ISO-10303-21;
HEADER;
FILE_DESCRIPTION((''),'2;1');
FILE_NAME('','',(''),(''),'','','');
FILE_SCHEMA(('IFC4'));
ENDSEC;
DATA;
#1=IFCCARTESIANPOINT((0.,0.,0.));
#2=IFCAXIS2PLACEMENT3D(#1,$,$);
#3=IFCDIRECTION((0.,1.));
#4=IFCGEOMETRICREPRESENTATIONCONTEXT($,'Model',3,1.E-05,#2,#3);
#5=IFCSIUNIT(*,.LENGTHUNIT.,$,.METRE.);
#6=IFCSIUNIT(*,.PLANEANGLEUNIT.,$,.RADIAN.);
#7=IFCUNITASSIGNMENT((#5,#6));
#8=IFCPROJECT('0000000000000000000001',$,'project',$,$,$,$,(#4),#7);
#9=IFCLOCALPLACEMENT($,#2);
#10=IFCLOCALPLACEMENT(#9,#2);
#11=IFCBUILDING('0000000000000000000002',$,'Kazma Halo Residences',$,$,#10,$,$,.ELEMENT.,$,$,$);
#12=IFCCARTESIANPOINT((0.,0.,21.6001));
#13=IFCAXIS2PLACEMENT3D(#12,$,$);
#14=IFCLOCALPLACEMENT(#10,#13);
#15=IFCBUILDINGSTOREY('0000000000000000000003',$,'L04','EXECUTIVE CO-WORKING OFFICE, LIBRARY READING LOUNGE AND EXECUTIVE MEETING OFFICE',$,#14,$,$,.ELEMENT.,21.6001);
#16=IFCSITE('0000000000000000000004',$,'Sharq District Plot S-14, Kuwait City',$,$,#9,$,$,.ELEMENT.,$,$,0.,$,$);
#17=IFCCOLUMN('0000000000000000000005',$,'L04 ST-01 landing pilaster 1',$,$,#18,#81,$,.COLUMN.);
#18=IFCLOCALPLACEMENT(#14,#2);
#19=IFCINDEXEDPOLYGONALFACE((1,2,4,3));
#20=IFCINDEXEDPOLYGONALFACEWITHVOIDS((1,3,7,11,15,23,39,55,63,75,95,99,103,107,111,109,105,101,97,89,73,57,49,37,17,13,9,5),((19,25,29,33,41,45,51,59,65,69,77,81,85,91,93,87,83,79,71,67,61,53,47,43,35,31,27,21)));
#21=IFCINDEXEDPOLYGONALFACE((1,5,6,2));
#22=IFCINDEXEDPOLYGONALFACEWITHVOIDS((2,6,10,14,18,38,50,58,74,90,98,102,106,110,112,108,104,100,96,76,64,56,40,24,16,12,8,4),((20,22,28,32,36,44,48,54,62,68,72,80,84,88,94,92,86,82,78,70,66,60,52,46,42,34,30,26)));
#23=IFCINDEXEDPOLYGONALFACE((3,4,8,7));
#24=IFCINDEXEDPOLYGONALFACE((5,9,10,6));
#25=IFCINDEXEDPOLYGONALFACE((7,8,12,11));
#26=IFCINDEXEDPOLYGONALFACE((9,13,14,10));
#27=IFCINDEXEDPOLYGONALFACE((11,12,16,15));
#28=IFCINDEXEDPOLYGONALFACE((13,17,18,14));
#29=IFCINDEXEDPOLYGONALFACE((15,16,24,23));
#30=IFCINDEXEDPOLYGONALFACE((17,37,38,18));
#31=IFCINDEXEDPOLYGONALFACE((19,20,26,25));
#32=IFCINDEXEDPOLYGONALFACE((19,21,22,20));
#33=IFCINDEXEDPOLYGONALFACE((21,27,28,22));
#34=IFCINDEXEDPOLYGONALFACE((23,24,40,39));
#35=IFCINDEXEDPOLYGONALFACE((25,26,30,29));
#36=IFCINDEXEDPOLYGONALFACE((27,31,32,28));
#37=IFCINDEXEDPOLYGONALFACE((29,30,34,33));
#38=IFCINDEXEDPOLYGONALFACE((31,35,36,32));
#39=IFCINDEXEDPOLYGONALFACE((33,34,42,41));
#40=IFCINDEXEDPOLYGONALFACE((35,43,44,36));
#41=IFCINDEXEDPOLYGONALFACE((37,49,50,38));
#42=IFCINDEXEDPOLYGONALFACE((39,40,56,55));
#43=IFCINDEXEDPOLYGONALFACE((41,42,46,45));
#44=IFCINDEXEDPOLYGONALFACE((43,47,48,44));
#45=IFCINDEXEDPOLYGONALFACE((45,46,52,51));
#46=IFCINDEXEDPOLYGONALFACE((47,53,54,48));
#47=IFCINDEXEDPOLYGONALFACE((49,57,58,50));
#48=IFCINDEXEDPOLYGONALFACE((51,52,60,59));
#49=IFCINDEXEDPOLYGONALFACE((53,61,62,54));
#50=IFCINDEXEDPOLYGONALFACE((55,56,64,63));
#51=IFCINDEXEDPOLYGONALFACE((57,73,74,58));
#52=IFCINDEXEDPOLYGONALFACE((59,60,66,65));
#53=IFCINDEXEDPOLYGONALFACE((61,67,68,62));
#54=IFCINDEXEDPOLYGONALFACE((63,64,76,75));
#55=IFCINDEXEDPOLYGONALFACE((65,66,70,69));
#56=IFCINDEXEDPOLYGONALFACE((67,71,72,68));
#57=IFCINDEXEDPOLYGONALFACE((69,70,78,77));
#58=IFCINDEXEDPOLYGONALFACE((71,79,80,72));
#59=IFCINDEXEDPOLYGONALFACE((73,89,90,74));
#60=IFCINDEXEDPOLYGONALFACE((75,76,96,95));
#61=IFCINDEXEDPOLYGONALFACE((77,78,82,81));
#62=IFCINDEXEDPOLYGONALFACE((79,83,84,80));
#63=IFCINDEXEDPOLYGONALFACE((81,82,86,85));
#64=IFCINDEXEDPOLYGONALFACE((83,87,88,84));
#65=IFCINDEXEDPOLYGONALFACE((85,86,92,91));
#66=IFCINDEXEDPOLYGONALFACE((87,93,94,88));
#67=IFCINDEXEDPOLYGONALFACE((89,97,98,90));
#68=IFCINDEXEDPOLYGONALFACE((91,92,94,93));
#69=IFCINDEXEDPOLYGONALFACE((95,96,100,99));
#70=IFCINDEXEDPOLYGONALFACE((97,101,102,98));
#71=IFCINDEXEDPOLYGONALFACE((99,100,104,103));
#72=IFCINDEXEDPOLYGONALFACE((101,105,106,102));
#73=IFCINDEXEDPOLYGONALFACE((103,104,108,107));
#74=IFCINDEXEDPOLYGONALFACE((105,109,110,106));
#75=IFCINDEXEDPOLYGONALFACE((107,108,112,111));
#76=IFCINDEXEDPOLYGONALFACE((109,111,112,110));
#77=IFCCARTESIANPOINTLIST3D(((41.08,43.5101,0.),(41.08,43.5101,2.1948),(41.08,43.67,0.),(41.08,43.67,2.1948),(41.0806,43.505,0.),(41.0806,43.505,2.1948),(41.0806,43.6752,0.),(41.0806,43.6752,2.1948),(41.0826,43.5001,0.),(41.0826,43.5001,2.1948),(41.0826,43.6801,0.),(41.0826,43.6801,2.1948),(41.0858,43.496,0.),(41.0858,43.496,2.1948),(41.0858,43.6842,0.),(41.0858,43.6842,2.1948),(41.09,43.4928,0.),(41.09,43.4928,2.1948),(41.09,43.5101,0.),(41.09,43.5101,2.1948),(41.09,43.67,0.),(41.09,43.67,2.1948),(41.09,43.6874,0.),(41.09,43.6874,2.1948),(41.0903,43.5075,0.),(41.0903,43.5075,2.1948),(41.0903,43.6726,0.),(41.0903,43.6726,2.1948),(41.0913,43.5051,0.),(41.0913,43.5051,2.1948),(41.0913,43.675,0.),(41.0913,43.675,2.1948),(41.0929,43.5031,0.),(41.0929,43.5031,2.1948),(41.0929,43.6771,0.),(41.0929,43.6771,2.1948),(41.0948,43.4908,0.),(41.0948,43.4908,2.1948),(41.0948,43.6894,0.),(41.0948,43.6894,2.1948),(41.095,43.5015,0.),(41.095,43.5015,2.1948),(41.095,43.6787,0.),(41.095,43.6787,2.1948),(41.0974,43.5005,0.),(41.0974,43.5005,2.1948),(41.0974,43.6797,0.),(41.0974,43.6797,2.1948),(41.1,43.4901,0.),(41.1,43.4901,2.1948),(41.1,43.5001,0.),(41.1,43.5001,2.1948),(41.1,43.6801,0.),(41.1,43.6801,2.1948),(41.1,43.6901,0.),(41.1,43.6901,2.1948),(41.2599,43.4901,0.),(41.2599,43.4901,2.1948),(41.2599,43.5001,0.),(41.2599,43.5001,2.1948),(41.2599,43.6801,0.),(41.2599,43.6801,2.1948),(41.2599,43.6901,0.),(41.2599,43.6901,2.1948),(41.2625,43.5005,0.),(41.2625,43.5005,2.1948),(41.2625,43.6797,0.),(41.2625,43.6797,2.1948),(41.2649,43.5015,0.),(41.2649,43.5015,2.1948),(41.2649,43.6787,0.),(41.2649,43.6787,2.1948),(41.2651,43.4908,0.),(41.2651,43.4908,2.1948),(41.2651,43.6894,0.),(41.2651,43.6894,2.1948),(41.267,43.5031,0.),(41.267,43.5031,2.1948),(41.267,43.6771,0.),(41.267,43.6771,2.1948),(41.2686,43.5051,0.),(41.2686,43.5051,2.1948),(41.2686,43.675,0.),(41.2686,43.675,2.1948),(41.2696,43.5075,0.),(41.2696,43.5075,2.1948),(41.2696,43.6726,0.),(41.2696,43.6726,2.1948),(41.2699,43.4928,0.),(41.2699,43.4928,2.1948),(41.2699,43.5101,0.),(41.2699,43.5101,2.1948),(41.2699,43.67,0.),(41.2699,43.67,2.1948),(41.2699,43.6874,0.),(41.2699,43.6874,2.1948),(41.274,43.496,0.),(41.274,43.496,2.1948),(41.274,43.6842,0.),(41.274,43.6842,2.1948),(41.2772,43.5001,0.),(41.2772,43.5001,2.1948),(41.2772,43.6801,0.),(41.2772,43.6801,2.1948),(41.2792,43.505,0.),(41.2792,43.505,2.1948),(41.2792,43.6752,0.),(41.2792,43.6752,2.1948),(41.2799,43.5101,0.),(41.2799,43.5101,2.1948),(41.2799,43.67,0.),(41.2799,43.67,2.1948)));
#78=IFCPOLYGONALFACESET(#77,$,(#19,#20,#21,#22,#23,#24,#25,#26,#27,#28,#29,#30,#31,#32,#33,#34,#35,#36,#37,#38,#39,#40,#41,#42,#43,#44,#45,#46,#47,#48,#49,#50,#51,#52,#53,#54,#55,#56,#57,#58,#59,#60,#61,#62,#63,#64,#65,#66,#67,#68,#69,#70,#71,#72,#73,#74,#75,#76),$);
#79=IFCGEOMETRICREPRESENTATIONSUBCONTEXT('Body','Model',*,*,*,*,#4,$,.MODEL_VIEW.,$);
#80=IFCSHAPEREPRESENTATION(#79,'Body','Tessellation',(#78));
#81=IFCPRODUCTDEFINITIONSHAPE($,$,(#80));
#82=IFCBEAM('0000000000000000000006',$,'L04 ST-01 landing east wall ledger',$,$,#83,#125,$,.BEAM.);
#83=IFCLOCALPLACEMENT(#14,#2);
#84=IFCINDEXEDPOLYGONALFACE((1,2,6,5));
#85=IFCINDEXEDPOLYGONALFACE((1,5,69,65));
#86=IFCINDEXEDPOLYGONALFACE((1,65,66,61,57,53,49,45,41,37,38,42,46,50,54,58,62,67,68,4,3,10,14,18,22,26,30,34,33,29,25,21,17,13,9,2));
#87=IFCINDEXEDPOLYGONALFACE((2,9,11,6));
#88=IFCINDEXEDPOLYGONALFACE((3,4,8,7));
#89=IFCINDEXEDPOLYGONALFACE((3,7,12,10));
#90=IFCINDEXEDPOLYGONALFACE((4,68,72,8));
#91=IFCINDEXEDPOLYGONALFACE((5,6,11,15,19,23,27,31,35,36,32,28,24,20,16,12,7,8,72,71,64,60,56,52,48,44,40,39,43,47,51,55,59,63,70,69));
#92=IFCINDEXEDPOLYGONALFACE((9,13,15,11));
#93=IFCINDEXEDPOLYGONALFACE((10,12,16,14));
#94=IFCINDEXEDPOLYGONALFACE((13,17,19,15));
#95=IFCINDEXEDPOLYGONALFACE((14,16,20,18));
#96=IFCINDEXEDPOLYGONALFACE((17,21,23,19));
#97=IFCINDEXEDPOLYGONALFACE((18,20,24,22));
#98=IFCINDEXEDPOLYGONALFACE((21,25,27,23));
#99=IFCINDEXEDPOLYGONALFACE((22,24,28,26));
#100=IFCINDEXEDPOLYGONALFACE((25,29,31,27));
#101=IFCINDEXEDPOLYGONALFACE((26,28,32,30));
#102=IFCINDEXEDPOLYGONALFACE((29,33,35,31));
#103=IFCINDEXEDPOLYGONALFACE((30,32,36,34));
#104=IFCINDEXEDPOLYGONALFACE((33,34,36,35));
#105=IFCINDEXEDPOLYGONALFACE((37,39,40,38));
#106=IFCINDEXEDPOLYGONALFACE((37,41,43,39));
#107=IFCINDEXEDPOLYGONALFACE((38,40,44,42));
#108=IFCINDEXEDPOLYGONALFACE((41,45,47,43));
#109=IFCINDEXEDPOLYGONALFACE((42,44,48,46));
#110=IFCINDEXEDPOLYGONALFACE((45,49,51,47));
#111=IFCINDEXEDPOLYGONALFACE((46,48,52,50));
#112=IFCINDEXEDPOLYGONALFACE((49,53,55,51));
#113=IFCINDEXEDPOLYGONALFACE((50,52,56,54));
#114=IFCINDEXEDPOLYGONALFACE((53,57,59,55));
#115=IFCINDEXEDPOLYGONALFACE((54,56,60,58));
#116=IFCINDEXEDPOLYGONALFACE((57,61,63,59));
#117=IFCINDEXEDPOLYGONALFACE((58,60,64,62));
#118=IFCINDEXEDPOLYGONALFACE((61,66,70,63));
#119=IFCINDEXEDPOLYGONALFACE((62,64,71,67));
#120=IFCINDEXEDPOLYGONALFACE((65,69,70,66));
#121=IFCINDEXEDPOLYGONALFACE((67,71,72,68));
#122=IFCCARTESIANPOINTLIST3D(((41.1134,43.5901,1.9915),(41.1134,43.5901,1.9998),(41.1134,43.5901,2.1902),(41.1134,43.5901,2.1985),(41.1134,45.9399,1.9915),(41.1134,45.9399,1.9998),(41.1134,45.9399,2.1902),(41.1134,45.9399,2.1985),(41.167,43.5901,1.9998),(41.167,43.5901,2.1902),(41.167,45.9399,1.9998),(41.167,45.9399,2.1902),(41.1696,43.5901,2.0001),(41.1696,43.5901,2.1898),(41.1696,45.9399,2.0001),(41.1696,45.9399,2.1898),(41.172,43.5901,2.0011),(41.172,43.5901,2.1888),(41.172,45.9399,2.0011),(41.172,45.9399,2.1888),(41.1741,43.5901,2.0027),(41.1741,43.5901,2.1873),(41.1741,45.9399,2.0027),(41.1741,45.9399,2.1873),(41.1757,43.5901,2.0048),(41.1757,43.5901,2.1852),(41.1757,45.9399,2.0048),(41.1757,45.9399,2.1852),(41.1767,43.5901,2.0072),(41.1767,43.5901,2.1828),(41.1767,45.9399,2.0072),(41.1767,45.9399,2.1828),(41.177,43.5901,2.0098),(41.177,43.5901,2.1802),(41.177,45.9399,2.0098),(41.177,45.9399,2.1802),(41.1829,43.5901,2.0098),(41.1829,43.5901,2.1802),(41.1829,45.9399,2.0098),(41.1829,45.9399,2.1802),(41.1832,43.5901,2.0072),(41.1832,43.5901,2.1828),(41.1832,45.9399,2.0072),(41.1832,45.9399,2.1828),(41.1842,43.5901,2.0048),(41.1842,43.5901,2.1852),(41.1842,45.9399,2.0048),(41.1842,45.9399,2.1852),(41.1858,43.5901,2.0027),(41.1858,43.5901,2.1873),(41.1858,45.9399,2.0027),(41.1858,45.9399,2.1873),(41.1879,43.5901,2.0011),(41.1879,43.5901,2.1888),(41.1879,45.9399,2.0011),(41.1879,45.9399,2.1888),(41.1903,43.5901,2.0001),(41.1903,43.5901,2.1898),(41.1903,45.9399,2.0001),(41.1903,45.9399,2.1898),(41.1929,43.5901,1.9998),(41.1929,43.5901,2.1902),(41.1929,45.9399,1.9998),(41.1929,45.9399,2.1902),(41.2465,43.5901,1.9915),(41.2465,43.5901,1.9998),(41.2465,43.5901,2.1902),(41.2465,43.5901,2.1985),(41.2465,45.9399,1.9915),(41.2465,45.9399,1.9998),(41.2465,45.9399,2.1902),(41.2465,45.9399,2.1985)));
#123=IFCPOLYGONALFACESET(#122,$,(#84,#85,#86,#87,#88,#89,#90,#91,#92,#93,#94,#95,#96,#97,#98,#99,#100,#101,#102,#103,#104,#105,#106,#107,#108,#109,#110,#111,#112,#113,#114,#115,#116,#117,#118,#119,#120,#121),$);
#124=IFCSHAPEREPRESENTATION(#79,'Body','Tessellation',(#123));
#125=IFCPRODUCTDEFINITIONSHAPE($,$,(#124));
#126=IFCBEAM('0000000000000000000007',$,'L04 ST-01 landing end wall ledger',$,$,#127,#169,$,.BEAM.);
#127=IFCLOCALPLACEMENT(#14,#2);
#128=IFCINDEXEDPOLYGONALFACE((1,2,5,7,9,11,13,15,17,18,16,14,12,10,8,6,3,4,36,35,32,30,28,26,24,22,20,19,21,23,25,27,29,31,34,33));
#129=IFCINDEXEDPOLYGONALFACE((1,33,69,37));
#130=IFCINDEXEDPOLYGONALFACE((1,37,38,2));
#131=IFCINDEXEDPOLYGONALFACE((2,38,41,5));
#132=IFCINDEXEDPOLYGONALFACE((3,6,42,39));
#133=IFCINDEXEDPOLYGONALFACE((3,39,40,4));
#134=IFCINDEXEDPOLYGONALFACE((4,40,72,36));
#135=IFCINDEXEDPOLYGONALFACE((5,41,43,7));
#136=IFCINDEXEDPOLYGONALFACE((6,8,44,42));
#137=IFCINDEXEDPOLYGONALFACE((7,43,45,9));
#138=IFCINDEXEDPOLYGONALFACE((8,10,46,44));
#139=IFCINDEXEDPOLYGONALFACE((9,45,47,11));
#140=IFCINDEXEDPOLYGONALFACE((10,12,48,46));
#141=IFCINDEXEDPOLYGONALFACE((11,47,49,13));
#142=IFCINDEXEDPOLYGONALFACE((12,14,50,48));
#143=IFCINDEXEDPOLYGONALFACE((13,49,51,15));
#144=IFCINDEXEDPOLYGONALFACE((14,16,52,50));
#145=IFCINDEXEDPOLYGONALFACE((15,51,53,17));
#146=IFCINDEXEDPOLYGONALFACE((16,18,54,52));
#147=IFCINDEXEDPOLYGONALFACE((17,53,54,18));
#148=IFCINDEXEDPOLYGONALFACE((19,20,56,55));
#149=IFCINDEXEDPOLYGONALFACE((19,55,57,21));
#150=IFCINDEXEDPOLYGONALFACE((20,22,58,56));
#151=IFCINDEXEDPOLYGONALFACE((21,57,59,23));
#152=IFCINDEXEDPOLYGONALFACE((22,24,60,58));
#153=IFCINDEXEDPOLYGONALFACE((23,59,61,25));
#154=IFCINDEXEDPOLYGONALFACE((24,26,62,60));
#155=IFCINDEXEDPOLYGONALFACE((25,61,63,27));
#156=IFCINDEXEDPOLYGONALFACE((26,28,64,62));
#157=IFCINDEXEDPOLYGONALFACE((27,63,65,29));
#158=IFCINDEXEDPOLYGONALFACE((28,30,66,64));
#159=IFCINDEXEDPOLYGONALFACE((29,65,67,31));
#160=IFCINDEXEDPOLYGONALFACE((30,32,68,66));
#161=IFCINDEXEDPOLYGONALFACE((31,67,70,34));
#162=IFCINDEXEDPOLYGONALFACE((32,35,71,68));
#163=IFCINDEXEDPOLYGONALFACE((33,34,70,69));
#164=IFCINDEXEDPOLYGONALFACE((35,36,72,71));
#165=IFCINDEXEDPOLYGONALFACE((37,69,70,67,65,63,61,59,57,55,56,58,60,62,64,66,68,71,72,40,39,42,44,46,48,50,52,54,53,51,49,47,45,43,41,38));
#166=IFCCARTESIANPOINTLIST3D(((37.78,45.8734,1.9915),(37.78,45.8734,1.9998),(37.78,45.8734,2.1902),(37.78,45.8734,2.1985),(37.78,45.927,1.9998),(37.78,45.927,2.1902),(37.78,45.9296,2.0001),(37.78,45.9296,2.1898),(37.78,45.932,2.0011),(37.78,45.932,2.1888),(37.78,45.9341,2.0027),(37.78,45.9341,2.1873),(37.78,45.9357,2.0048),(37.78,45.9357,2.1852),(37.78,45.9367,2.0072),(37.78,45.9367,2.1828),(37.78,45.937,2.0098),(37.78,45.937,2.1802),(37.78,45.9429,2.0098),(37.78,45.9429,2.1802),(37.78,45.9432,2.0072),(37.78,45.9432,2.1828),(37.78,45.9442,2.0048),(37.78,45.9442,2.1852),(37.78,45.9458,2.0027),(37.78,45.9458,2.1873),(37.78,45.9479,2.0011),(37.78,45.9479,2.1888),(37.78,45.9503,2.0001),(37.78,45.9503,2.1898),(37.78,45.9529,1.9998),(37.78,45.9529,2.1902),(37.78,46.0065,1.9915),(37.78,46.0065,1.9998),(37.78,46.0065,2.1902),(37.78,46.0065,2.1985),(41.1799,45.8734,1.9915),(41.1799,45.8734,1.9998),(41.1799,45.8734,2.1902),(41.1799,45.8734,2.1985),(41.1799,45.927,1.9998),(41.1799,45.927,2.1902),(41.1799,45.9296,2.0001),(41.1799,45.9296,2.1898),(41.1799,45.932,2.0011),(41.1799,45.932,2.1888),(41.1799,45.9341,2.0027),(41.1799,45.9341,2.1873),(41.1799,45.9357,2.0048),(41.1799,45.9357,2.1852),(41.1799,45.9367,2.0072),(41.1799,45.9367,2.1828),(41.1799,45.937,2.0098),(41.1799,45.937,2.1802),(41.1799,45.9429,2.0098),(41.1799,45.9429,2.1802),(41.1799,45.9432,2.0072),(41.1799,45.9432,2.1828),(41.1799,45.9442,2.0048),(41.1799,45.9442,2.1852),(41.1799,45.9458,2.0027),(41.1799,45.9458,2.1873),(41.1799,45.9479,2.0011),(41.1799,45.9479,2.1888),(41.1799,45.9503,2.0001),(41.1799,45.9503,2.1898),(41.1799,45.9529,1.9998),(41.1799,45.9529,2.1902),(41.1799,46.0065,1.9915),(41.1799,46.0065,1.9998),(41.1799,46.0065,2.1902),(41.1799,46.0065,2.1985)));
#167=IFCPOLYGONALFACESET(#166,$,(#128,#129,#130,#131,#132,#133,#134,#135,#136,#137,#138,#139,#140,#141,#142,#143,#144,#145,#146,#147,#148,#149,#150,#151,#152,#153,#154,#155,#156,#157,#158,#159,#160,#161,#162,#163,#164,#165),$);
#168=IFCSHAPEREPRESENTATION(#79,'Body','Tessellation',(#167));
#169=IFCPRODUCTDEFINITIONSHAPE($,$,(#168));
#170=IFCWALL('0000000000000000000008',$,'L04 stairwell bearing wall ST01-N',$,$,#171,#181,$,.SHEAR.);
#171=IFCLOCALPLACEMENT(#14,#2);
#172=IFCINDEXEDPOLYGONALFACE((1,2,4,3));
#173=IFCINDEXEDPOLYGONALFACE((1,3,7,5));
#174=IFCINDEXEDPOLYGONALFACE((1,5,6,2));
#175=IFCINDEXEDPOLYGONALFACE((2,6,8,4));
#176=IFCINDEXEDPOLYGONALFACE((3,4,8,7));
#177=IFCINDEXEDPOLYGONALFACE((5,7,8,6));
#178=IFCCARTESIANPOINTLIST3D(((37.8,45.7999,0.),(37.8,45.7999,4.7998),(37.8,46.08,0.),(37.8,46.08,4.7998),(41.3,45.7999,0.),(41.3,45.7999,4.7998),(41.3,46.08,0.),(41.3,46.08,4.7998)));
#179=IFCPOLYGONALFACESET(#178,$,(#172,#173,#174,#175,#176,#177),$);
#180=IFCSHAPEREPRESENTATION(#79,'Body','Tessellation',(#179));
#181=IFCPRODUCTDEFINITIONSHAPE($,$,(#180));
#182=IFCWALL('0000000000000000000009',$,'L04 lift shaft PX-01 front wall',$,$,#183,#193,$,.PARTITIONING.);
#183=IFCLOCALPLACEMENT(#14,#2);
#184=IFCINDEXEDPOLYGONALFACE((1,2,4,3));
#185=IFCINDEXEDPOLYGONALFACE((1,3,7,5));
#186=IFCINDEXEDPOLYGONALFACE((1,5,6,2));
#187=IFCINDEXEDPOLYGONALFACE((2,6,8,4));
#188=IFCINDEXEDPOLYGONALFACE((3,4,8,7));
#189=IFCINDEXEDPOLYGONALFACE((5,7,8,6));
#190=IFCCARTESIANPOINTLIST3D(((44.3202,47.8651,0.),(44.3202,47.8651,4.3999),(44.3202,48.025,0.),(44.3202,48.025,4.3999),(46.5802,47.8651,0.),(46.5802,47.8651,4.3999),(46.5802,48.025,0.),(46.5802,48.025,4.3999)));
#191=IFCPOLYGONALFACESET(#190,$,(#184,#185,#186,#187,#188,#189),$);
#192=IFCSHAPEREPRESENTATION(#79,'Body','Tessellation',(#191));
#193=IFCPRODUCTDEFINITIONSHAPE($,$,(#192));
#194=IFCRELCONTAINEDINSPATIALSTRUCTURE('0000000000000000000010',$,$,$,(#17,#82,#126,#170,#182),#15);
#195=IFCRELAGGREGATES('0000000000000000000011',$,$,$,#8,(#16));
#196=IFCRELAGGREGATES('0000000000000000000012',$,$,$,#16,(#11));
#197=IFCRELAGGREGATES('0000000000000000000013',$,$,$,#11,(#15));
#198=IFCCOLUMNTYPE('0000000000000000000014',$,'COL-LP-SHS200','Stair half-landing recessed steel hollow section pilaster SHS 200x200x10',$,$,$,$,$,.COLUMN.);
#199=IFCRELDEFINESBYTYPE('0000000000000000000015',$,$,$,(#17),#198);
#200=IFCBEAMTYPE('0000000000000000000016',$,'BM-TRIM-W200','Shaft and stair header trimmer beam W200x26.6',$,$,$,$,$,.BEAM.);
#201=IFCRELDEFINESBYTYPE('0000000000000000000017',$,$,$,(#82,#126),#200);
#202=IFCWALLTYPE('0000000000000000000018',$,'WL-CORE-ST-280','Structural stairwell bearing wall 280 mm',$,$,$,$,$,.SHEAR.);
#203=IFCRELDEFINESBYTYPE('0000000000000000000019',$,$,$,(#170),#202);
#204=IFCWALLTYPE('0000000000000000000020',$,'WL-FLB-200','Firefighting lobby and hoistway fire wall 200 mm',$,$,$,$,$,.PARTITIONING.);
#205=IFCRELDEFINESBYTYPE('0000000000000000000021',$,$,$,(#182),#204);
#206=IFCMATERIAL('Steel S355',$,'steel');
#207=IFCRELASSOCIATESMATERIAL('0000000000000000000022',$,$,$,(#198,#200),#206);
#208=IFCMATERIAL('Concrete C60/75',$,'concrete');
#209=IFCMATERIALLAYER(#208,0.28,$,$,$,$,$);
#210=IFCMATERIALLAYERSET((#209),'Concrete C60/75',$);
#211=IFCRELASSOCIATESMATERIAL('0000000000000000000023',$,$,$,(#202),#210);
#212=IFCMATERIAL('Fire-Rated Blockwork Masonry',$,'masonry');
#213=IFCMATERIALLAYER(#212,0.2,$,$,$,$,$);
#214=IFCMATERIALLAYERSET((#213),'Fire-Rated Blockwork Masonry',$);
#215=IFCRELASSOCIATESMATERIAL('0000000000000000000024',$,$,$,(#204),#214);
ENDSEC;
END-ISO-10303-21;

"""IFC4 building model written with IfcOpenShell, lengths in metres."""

from ifc_helpers import new_model, si_unit, direction, frame, frame_2d, origin, origin_2d, place, context, subcontext, project, spatial, rectangle, hollow_rectangle, i_section, extrude, material, layer, layer_set, material_profile, profile_set, type_object, element, save


model = new_model("IFC4")

# Units and contexts
model_context = context("Model", 3, precision=1e-05, world=origin(), true_north=direction((0.0, 1.0)))
body_context = subcontext(model_context, "Body", "Model", "MODEL_VIEW")
ifc_project = project(units=[si_unit("LENGTHUNIT", "METRE"), si_unit("PLANEANGLEUNIT", "RADIAN")], contexts=[model_context])

# Site, building, storey
site_placement = place(None, origin())
site = spatial("IfcSite", under=ifc_project, at=site_placement, Name="Sharq District Plot S-14, Kuwait City", CompositionType="ELEMENT", RefElevation=0.0)
building_placement = place(site_placement, origin())
building = spatial("IfcBuilding", under=site, at=building_placement, Name="Kazma Halo Residences", CompositionType="ELEMENT")
storey_placement = place(building_placement, frame((0.0, 0.0, 21.6001)))
storey = spatial("IfcBuildingStorey", under=building, at=storey_placement, Name="L04", Description="EXECUTIVE CO-WORKING OFFICE, LIBRARY READING LOUNGE AND EXECUTIVE MEETING OFFICE", CompositionType="ELEMENT", Elevation=21.6001)

# Column
ifc_material_1 = material(Name="Steel S355", Category="steel")
ifc_material_profile_1 = material_profile(ifc_material_1, hollow_rectangle(XDim=0.2, YDim=0.2, WallThickness=0.01, InnerFilletRadius=0.01, OuterFilletRadius=0.02, at=origin_2d()), Name="SHS200x200x10")
ifc_profile_set_1 = profile_set([ifc_material_profile_1], Name="Steel S355")
column_type = type_object("IfcColumnType", Name="COL-LP-SHS200", Description="Stair half-landing recessed steel hollow section pilaster SHS 200x200x10", PredefinedType="COLUMN", material=ifc_profile_set_1)
column_placement = place(storey_placement, frame((41.1799, 43.5901, 0.0), z_axis=(0.0, 0.0, 1.0), x_axis=(1.0, 0.0, 0.0)))
element("IfcColumn", 1, at=column_placement, inside=storey, type_object=column_type, Name="L04 ST-01 landing pilaster 1", PredefinedType="COLUMN", context=body_context, shape_type="SweptSolid", body=[
    extrude(hollow_rectangle(XDim=0.2, YDim=0.2, WallThickness=0.01, InnerFilletRadius=0.01, OuterFilletRadius=0.02, at=origin_2d()), origin(), (0.0, 0.0, 1.0), 2.1948),
])

# Beams
ifc_material_profile_2 = material_profile(ifc_material_1, i_section(OverallWidth=0.1331, OverallDepth=0.207, WebThickness=0.0059, FlangeThickness=0.0083, FilletRadius=0.01, at=origin_2d()), Name="W200x26.6")
ifc_profile_set_2 = profile_set([ifc_material_profile_2], Name="Steel S355")
beam_type = type_object("IfcBeamType", Name="BM-TRIM-W200", Description="Shaft and stair header trimmer beam W200x26.6", PredefinedType="BEAM", material=ifc_profile_set_2)
beam_1_placement = place(storey_placement, frame((41.1799, 43.5901, 2.095), z_axis=(0.0, 1.0, 0.0), x_axis=(-1.0, 0.0, 0.0)))
element("IfcBeam", 2, at=beam_1_placement, inside=storey, type_object=beam_type, Name="L04 ST-01 landing east wall ledger", PredefinedType="BEAM", context=body_context, shape_type="SweptSolid", body=[
    extrude(i_section(OverallWidth=0.1331, OverallDepth=0.207, WebThickness=0.0059, FlangeThickness=0.0083, FilletRadius=0.01, at=origin_2d()), origin(), (0.0, 0.0, 1.0), 2.3499),
])
beam_2_placement = place(storey_placement, frame((37.78, 45.9399, 2.095), z_axis=(1.0, 0.0, 0.0), x_axis=(0.0, 1.0, 0.0)))
element("IfcBeam", 3, at=beam_2_placement, inside=storey, type_object=beam_type, Name="L04 ST-01 landing end wall ledger", PredefinedType="BEAM", context=body_context, shape_type="SweptSolid", body=[
    extrude(i_section(OverallWidth=0.1331, OverallDepth=0.207, WebThickness=0.0059, FlangeThickness=0.0083, FilletRadius=0.01, at=origin_2d()), origin(), (0.0, 0.0, 1.0), 3.3999),
])

# Walls
ifc_material_2 = material(Name="Concrete C60/75", Category="concrete")
ifc_layer_1 = layer(ifc_material_2, 0.28)
ifc_layer_set_1 = layer_set([ifc_layer_1], Name="Concrete C60/75")
wall_type_1 = type_object("IfcWallType", Name="WL-CORE-ST-280", Description="Structural stairwell bearing wall 280 mm", PredefinedType="SHEAR", material=ifc_layer_set_1)
wall_1_placement = place(storey_placement, frame((37.8, 45.9399, 0.0), z_axis=(0.0, 0.0, 1.0), x_axis=(1.0, 0.0, 0.0)))
element("IfcWall", 4, at=wall_1_placement, inside=storey, type_object=wall_type_1, Name="L04 stairwell bearing wall ST01-N", PredefinedType="SHEAR", context=body_context, shape_type="SweptSolid", body=[
    extrude(rectangle(XDim=3.5, YDim=0.28, at=frame_2d((1.75, 0.0))), origin(), (0.0, 0.0, 1.0), 4.7998),
])
ifc_material_3 = material(Name="Fire-Rated Blockwork Masonry", Category="masonry")
ifc_layer_2 = layer(ifc_material_3, 0.2)
ifc_layer_set_2 = layer_set([ifc_layer_2], Name="Fire-Rated Blockwork Masonry")
wall_type_2 = type_object("IfcWallType", Name="WL-FLB-200", Description="Firefighting lobby and hoistway fire wall 200 mm", PredefinedType="PARTITIONING", material=ifc_layer_set_2)
wall_2_placement = place(storey_placement, frame((46.5801, 47.9451, 0.0), z_axis=(0.0, 0.0, 1.0), x_axis=(-1.0, 0.0, 0.0)))
element("IfcWall", 5, at=wall_2_placement, inside=storey, type_object=wall_type_2, Name="L04 lift shaft PX-01 front wall", PredefinedType="PARTITIONING", context=body_context, shape_type="SweptSolid", body=[
    extrude(rectangle(XDim=2.26, YDim=0.1599, at=frame_2d((1.1299, 0.0))), origin(), (0.0, 0.0, 1.0), 4.3999),
])

save(model, "model.ifc")
